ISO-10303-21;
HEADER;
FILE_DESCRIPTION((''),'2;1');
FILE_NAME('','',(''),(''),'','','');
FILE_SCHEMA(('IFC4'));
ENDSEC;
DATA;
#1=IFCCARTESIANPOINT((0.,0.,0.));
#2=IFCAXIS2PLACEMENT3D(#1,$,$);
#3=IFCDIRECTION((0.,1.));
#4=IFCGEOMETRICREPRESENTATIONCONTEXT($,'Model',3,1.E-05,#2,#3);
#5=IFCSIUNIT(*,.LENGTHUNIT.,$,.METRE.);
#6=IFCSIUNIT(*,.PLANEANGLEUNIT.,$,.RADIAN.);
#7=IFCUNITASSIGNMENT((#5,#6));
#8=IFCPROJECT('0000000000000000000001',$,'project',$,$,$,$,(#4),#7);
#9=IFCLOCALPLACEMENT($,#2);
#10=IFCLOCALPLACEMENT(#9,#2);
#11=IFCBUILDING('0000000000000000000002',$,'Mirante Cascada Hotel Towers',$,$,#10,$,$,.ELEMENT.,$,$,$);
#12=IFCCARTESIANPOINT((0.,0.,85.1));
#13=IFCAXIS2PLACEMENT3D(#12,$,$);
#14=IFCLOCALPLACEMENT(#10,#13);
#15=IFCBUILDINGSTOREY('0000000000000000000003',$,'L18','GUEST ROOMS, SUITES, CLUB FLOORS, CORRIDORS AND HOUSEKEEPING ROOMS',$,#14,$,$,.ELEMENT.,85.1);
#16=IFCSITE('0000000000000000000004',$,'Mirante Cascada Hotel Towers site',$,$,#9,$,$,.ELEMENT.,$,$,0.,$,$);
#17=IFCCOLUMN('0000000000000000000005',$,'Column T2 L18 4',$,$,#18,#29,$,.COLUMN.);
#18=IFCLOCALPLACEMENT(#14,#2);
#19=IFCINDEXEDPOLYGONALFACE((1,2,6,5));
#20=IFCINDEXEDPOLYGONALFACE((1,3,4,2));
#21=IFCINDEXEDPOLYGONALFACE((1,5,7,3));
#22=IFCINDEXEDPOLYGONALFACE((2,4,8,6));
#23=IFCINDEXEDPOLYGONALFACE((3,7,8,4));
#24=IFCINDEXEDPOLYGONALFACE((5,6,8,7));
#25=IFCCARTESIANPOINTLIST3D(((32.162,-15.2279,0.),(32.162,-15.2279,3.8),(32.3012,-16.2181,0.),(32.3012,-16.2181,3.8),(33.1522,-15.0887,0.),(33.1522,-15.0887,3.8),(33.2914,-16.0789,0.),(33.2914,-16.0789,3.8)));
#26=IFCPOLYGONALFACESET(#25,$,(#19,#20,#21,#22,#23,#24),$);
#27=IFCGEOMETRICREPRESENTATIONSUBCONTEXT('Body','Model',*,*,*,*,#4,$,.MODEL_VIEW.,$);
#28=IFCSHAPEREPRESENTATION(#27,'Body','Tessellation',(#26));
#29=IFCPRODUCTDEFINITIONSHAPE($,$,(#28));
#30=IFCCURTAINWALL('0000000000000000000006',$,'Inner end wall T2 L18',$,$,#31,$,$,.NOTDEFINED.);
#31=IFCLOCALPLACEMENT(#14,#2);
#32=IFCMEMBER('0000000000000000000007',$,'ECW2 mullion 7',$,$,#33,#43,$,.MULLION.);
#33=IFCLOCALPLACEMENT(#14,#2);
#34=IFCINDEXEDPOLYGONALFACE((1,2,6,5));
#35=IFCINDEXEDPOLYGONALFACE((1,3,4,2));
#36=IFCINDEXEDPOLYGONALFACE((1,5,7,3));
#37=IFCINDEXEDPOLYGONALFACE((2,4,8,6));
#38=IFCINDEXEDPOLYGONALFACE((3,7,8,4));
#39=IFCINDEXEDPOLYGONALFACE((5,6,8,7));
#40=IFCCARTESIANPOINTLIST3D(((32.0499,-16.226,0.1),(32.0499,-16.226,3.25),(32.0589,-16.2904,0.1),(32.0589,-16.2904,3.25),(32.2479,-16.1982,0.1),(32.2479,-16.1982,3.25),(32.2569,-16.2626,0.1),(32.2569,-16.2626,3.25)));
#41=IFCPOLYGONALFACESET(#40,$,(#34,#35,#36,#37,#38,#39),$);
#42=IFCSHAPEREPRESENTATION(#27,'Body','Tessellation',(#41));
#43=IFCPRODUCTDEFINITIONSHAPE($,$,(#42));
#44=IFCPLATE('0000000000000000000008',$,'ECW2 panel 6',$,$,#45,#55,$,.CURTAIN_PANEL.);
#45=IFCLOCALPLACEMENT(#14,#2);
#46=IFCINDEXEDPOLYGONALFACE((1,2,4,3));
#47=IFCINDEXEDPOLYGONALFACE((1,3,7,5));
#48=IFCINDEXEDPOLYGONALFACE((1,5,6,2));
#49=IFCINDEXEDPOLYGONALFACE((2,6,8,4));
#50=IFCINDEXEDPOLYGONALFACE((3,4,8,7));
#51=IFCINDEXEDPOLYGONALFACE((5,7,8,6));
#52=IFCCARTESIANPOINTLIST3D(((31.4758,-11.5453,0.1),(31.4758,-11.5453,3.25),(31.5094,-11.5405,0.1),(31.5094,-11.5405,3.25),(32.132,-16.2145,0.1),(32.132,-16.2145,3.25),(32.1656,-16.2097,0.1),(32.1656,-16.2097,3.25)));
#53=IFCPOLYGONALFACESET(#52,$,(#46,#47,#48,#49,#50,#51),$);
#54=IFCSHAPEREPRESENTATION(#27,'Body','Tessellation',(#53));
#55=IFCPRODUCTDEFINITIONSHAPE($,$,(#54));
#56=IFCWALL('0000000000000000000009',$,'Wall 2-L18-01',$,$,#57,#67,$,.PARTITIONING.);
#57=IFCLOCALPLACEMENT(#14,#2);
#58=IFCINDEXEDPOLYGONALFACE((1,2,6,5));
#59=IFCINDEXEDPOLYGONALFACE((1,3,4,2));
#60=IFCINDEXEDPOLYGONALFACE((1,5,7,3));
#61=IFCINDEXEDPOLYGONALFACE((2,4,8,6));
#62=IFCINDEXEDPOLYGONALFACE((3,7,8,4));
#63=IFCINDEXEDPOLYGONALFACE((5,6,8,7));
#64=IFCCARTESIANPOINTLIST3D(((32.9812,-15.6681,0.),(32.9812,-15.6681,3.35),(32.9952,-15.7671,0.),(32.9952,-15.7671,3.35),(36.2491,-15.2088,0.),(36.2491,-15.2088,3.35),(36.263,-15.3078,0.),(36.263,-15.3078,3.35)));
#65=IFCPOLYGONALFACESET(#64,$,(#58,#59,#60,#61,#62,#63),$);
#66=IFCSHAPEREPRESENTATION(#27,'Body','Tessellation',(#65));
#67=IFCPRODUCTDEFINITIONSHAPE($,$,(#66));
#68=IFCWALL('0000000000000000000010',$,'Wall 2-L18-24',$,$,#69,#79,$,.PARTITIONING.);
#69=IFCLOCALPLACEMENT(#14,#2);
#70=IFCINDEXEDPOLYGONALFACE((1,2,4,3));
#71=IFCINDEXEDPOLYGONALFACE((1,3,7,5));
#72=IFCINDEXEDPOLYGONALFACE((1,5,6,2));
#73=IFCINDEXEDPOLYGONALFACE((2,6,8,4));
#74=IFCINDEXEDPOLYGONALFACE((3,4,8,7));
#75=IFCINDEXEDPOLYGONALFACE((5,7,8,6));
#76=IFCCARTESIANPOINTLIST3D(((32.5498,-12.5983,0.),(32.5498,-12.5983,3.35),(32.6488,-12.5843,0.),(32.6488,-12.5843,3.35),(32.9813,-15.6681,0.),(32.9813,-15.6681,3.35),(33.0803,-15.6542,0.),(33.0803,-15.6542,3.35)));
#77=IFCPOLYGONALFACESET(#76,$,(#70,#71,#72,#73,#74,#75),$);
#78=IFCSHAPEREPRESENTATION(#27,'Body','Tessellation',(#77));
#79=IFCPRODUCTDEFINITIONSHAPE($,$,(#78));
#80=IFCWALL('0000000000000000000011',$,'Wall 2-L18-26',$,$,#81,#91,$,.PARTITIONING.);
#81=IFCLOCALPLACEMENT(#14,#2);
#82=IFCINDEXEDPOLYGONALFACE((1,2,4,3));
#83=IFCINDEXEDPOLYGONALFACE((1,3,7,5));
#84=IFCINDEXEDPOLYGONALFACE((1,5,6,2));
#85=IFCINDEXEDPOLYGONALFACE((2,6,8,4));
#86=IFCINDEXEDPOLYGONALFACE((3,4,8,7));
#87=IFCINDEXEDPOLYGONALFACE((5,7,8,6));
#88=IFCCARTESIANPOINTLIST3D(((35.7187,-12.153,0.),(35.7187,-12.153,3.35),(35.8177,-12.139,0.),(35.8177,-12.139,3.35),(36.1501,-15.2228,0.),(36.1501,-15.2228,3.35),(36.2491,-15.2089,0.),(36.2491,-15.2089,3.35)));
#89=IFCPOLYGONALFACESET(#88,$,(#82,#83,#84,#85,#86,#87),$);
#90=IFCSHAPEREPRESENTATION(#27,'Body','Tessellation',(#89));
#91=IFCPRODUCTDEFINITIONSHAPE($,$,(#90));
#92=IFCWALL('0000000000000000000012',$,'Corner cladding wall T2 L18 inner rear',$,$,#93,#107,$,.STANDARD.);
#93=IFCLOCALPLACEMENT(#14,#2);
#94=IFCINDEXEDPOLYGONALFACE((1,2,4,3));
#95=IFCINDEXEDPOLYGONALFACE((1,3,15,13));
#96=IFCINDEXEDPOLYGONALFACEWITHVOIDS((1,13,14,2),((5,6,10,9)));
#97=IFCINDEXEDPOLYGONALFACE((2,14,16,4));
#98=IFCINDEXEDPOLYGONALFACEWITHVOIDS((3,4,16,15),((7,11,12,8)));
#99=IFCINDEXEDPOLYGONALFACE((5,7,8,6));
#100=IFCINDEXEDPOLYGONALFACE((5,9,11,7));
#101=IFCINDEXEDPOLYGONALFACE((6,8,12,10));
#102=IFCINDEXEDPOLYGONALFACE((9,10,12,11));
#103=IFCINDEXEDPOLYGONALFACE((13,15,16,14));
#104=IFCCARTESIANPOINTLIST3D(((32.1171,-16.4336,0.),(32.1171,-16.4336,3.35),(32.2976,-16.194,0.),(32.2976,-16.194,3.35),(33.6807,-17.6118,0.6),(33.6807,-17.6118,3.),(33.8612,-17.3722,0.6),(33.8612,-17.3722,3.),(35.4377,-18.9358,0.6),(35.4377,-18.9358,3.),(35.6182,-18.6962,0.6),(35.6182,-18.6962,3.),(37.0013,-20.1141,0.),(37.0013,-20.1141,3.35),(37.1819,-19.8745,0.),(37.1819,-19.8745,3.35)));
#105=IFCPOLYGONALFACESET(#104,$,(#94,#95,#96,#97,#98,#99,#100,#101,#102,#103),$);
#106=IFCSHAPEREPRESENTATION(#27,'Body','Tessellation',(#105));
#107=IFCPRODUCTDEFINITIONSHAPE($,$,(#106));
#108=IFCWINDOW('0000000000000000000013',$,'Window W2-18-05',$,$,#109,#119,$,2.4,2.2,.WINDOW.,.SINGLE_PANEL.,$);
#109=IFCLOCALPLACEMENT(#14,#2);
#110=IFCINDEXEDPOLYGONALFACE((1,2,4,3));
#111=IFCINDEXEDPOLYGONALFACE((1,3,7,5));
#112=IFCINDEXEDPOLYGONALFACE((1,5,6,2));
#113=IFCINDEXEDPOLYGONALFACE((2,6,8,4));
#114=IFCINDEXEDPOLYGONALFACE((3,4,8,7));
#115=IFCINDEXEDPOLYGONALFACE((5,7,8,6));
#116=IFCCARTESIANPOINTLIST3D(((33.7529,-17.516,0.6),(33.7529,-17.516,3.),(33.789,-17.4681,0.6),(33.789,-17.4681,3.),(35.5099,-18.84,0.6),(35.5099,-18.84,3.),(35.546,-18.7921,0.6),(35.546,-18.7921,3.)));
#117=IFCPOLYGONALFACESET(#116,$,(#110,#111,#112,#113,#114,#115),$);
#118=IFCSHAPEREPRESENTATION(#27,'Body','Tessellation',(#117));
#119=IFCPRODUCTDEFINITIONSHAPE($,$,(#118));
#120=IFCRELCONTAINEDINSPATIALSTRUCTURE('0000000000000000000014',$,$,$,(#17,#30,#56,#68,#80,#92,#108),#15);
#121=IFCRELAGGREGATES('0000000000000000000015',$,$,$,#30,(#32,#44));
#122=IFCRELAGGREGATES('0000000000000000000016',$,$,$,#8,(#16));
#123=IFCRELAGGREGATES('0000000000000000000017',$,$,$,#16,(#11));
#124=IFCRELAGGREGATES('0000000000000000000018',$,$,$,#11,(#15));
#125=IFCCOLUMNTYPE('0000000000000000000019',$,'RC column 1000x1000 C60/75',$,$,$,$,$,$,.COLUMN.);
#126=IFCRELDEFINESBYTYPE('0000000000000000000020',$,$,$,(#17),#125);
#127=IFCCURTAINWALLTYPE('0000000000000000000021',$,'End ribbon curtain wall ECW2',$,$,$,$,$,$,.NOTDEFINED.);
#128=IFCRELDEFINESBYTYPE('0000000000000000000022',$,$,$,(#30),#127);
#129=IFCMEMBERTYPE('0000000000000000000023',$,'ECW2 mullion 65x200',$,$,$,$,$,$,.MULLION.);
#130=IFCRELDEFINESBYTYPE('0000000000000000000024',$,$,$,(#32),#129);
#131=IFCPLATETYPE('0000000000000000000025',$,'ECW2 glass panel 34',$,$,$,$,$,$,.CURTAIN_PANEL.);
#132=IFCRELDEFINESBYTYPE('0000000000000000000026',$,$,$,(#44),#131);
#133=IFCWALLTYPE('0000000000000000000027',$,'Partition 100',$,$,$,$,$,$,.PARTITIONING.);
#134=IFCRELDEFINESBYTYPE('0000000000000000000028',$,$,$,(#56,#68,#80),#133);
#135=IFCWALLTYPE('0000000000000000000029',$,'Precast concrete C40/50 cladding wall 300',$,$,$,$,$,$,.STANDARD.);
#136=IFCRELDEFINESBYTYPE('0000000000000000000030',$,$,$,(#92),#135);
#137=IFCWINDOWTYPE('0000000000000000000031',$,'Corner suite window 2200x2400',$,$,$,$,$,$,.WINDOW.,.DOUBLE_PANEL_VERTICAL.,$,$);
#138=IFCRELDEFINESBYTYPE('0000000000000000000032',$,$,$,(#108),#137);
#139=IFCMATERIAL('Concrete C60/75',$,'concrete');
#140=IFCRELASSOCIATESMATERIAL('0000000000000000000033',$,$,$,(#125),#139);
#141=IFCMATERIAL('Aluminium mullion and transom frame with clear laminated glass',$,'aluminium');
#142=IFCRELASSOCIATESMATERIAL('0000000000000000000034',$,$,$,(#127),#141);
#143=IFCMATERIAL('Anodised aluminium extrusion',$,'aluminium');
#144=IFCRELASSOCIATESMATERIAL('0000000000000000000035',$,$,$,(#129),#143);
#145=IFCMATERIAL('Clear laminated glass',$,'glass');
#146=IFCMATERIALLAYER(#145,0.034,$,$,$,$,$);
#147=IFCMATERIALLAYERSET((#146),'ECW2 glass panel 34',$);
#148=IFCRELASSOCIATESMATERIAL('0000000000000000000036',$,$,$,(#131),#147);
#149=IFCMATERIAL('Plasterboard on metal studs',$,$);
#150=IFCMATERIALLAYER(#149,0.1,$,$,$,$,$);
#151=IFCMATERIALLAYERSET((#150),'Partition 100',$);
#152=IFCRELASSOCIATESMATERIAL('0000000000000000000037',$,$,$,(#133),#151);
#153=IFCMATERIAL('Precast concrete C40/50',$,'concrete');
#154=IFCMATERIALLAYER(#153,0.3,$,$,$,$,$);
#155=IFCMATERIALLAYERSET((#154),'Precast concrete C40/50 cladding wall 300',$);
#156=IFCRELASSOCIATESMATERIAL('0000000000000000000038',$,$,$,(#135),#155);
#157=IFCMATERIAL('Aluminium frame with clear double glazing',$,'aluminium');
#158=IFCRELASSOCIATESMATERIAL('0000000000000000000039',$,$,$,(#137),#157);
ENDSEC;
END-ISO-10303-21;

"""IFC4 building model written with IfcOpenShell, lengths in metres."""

from ifc_helpers import new_model, si_unit, direction, frame, frame_2d, origin, origin_2d, place, context, subcontext, project, spatial, rectangle, extrude, material, layer, layer_set, material_profile, profile_set, type_object, element, fill, aggregate, save


model = new_model("IFC4")

# Units and contexts
model_context = context("Model", 3, precision=1e-05, world=origin(), true_north=direction((0.0, 1.0)))
body_context = subcontext(model_context, "Body", "Model", "MODEL_VIEW")
ifc_project = project(units=[si_unit("LENGTHUNIT", "METRE"), si_unit("PLANEANGLEUNIT", "RADIAN")], contexts=[model_context])

# Site, building, storey
site_placement = place(None, origin())
site = spatial("IfcSite", under=ifc_project, at=site_placement, Name="Mirante Cascada Hotel Towers site", CompositionType="ELEMENT", RefElevation=0.0)
building_placement = place(site_placement, origin())
building = spatial("IfcBuilding", under=site, at=building_placement, Name="Mirante Cascada Hotel Towers", CompositionType="ELEMENT")
storey_placement = place(building_placement, frame((0.0, 0.0, 85.1)))
storey = spatial("IfcBuildingStorey", under=building, at=storey_placement, Name="L18", Description="GUEST ROOMS, SUITES, CLUB FLOORS, CORRIDORS AND HOUSEKEEPING ROOMS", CompositionType="ELEMENT", Elevation=85.1)

# Column
ifc_material_1 = material(Name="Concrete C60/75", Category="concrete")
ifc_material_profile_1 = material_profile(ifc_material_1, rectangle(XDim=1.0, YDim=1.0, at=origin_2d()), Name="RC column 1000x1000 C60/75")
ifc_profile_set_1 = profile_set([ifc_material_profile_1], Name="Concrete C60/75")
column_type = type_object("IfcColumnType", Name="RC column 1000x1000 C60/75", PredefinedType="COLUMN", material=ifc_profile_set_1)
column_placement = place(storey_placement, frame((32.7267, -15.6534, 0.0), z_axis=(0.0, 0.0, 1.0), x_axis=(0.990268, 0.139173, 0.0)))
element("IfcColumn", 1, at=column_placement, inside=storey, type_object=column_type, Name="Column T2 L18 4", PredefinedType="COLUMN", context=body_context, shape_type="SweptSolid", body=[
    extrude(rectangle(XDim=1.0, YDim=1.0, at=origin_2d()), origin(), (0.0, 0.0, 1.0), 3.8),
])

# Curtain wall, member, plate
ifc_material_2 = material(Name="Aluminium mullion and transom frame with clear laminated glass", Category="aluminium")
curtain_wall_type = type_object("IfcCurtainWallType", Name="End ribbon curtain wall ECW2", PredefinedType="NOTDEFINED", material=ifc_material_2)
curtain_wall_placement = place(storey_placement, origin())
curtain_wall = element("IfcCurtainWall", 2, at=curtain_wall_placement, inside=storey, type_object=curtain_wall_type, Name="Inner end wall T2 L18", PredefinedType="NOTDEFINED")
ifc_material_3 = material(Name="Anodised aluminium extrusion", Category="aluminium")
ifc_material_profile_2 = material_profile(ifc_material_3, rectangle(XDim=0.2, YDim=0.065, at=origin_2d()), Name="ECW2 MULLION 65x200")
ifc_profile_set_2 = profile_set([ifc_material_profile_2], Name="Anodised aluminium extrusion")
member_type = type_object("IfcMemberType", Name="ECW2 mullion 65x200", PredefinedType="MULLION", material=ifc_profile_set_2)
member_placement = place(storey_placement, frame((32.1534, -16.2443, 0.1), z_axis=(0.0, 0.0, 1.0), x_axis=(0.990268, 0.139173, 0.0)))
member = element("IfcMember", 3, at=member_placement, type_object=member_type, Name="ECW2 mullion 7", PredefinedType="MULLION", context=body_context, shape_type="SweptSolid", body=[
    extrude(rectangle(XDim=0.2, YDim=0.065, at=origin_2d()), origin(), (0.0, 0.0, 1.0), 3.15),
])
ifc_material_4 = material(Name="Clear laminated glass", Category="glass")
ifc_layer_1 = layer(ifc_material_4, 0.034)
ifc_layer_set_1 = layer_set([ifc_layer_1], Name="ECW2 glass panel 34")
plate_type = type_object("IfcPlateType", Name="ECW2 glass panel 34", PredefinedType="CURTAIN_PANEL", material=ifc_layer_set_1)
plate_placement = place(storey_placement, frame((31.8207, -13.8775, 0.1), z_axis=(0.0, 0.0, 1.0), x_axis=(0.139173, -0.990268, 0.0)))
plate = element("IfcPlate", 4, at=plate_placement, type_object=plate_type, Name="ECW2 panel 6", PredefinedType="CURTAIN_PANEL", context=body_context, shape_type="SweptSolid", body=[
    extrude(rectangle(XDim=4.7151, YDim=0.034, at=origin_2d()), origin(), (0.0, 0.0, 1.0), 3.15),
])
aggregate(curtain_wall, [member, plate])

# Walls
ifc_material_5 = material(Name="Plasterboard on metal studs")
ifc_layer_2 = layer(ifc_material_5, 0.1)
ifc_layer_set_2 = layer_set([ifc_layer_2], Name="Partition 100")
wall_type_1 = type_object("IfcWallType", Name="Partition 100", PredefinedType="PARTITIONING", material=ifc_layer_set_2)
wall_1_placement = place(storey_placement, frame((32.9882, -15.7176, 0.0), z_axis=(0.0, 0.0, 1.0), x_axis=(0.990267, 0.139181, 0.0)))
element("IfcWall", 5, at=wall_1_placement, inside=storey, type_object=wall_type_1, Name="Wall 2-L18-01", PredefinedType="PARTITIONING", context=body_context, shape_type="SweptSolid", body=[
    extrude(rectangle(XDim=3.3, YDim=0.1, at=frame_2d((1.65, 0.0))), origin(), (0.0, 0.0, 1.0), 3.35),
])
for number, where, z_axis, x_axis, name in (
    (6, (32.5993, -12.5913, 0.0), (0.0, 0.0, 1.0), (0.139194, -0.990265, 0.0), "Wall 2-L18-24"),
    (7, (35.7682, -12.146, 0.0), (0.0, 0.0, 1.0), (0.139163, -0.99027, 0.0), "Wall 2-L18-26"),
):
    element("IfcWall", number, at=place(storey_placement, frame(where, z_axis=z_axis, x_axis=x_axis)), inside=storey, type_object=wall_type_1, Name=name, PredefinedType="PARTITIONING", context=body_context, shape_type="SweptSolid", body=[
        extrude(rectangle(XDim=3.1, YDim=0.1, at=frame_2d((1.55, 0.0))), origin(), (0.0, 0.0, 1.0), 3.35),
    ])

# Wall, opening, window
ifc_material_6 = material(Name="Precast concrete C40/50", Category="concrete")
ifc_layer_3 = layer(ifc_material_6, 0.3)
ifc_layer_set_3 = layer_set([ifc_layer_3], Name="Precast concrete C40/50 cladding wall 300")
wall_type_2 = type_object("IfcWallType", Name="Precast concrete C40/50 cladding wall 300", PredefinedType="STANDARD", material=ifc_layer_set_3)
wall_2_placement = place(storey_placement, frame((32.2074, -16.3138, 0.0), z_axis=(0.0, 0.0, 1.0), x_axis=(0.798636, -0.601814, 0.0)))
wall_2 = element("IfcWall", 8, at=wall_2_placement, inside=storey, type_object=wall_type_2, Name="Corner cladding wall T2 L18 inner rear", PredefinedType="STANDARD", context=body_context, shape_type="SweptSolid", body=[
    extrude(rectangle(XDim=6.1157, YDim=0.3, at=frame_2d((3.0578, 0.0))), origin(), (0.0, 0.0, 1.0), 3.35),
])
opening_placement = place(wall_2_placement, frame((1.9578, 0.0, 0.6)))
opening = element("IfcOpeningElement", 9, at=opening_placement, cuts=wall_2, PredefinedType="OPENING", context=body_context, shape_type="SweptSolid", body=[
    extrude(rectangle(XDim=2.2, YDim=2.4, at=frame_2d((1.1, 1.2))), frame((0.0, 0.15, 0.0), z_axis=(0.0, -1.0, 0.0), x_axis=(1.0, 0.0, 0.0)), (0.0, 0.0, 1.0), 0.3),
])
ifc_material_7 = material(Name="Aluminium frame with clear double glazing", Category="aluminium")
window_type = type_object("IfcWindowType", Name="Corner suite window 2200x2400", PartitioningType="DOUBLE_PANEL_VERTICAL", PredefinedType="WINDOW", material=ifc_material_7)
window_placement = place(opening_placement, origin())
window = element("IfcWindow", 10, at=window_placement, inside=storey, type_object=window_type, Name="Window W2-18-05", OverallHeight=2.4, OverallWidth=2.2, PartitioningType="SINGLE_PANEL", PredefinedType="WINDOW", context=body_context, shape_type="SweptSolid", body=[
    extrude(rectangle(XDim=2.2, YDim=2.4, at=frame_2d((1.1, 1.2))), frame((0.0, 0.03, 0.0), z_axis=(0.0, -1.0, 0.0), x_axis=(1.0, 0.0, 0.0)), (0.0, 0.0, 1.0), 0.06),
])
fill(opening, window)

save(model, "model.ifc")
